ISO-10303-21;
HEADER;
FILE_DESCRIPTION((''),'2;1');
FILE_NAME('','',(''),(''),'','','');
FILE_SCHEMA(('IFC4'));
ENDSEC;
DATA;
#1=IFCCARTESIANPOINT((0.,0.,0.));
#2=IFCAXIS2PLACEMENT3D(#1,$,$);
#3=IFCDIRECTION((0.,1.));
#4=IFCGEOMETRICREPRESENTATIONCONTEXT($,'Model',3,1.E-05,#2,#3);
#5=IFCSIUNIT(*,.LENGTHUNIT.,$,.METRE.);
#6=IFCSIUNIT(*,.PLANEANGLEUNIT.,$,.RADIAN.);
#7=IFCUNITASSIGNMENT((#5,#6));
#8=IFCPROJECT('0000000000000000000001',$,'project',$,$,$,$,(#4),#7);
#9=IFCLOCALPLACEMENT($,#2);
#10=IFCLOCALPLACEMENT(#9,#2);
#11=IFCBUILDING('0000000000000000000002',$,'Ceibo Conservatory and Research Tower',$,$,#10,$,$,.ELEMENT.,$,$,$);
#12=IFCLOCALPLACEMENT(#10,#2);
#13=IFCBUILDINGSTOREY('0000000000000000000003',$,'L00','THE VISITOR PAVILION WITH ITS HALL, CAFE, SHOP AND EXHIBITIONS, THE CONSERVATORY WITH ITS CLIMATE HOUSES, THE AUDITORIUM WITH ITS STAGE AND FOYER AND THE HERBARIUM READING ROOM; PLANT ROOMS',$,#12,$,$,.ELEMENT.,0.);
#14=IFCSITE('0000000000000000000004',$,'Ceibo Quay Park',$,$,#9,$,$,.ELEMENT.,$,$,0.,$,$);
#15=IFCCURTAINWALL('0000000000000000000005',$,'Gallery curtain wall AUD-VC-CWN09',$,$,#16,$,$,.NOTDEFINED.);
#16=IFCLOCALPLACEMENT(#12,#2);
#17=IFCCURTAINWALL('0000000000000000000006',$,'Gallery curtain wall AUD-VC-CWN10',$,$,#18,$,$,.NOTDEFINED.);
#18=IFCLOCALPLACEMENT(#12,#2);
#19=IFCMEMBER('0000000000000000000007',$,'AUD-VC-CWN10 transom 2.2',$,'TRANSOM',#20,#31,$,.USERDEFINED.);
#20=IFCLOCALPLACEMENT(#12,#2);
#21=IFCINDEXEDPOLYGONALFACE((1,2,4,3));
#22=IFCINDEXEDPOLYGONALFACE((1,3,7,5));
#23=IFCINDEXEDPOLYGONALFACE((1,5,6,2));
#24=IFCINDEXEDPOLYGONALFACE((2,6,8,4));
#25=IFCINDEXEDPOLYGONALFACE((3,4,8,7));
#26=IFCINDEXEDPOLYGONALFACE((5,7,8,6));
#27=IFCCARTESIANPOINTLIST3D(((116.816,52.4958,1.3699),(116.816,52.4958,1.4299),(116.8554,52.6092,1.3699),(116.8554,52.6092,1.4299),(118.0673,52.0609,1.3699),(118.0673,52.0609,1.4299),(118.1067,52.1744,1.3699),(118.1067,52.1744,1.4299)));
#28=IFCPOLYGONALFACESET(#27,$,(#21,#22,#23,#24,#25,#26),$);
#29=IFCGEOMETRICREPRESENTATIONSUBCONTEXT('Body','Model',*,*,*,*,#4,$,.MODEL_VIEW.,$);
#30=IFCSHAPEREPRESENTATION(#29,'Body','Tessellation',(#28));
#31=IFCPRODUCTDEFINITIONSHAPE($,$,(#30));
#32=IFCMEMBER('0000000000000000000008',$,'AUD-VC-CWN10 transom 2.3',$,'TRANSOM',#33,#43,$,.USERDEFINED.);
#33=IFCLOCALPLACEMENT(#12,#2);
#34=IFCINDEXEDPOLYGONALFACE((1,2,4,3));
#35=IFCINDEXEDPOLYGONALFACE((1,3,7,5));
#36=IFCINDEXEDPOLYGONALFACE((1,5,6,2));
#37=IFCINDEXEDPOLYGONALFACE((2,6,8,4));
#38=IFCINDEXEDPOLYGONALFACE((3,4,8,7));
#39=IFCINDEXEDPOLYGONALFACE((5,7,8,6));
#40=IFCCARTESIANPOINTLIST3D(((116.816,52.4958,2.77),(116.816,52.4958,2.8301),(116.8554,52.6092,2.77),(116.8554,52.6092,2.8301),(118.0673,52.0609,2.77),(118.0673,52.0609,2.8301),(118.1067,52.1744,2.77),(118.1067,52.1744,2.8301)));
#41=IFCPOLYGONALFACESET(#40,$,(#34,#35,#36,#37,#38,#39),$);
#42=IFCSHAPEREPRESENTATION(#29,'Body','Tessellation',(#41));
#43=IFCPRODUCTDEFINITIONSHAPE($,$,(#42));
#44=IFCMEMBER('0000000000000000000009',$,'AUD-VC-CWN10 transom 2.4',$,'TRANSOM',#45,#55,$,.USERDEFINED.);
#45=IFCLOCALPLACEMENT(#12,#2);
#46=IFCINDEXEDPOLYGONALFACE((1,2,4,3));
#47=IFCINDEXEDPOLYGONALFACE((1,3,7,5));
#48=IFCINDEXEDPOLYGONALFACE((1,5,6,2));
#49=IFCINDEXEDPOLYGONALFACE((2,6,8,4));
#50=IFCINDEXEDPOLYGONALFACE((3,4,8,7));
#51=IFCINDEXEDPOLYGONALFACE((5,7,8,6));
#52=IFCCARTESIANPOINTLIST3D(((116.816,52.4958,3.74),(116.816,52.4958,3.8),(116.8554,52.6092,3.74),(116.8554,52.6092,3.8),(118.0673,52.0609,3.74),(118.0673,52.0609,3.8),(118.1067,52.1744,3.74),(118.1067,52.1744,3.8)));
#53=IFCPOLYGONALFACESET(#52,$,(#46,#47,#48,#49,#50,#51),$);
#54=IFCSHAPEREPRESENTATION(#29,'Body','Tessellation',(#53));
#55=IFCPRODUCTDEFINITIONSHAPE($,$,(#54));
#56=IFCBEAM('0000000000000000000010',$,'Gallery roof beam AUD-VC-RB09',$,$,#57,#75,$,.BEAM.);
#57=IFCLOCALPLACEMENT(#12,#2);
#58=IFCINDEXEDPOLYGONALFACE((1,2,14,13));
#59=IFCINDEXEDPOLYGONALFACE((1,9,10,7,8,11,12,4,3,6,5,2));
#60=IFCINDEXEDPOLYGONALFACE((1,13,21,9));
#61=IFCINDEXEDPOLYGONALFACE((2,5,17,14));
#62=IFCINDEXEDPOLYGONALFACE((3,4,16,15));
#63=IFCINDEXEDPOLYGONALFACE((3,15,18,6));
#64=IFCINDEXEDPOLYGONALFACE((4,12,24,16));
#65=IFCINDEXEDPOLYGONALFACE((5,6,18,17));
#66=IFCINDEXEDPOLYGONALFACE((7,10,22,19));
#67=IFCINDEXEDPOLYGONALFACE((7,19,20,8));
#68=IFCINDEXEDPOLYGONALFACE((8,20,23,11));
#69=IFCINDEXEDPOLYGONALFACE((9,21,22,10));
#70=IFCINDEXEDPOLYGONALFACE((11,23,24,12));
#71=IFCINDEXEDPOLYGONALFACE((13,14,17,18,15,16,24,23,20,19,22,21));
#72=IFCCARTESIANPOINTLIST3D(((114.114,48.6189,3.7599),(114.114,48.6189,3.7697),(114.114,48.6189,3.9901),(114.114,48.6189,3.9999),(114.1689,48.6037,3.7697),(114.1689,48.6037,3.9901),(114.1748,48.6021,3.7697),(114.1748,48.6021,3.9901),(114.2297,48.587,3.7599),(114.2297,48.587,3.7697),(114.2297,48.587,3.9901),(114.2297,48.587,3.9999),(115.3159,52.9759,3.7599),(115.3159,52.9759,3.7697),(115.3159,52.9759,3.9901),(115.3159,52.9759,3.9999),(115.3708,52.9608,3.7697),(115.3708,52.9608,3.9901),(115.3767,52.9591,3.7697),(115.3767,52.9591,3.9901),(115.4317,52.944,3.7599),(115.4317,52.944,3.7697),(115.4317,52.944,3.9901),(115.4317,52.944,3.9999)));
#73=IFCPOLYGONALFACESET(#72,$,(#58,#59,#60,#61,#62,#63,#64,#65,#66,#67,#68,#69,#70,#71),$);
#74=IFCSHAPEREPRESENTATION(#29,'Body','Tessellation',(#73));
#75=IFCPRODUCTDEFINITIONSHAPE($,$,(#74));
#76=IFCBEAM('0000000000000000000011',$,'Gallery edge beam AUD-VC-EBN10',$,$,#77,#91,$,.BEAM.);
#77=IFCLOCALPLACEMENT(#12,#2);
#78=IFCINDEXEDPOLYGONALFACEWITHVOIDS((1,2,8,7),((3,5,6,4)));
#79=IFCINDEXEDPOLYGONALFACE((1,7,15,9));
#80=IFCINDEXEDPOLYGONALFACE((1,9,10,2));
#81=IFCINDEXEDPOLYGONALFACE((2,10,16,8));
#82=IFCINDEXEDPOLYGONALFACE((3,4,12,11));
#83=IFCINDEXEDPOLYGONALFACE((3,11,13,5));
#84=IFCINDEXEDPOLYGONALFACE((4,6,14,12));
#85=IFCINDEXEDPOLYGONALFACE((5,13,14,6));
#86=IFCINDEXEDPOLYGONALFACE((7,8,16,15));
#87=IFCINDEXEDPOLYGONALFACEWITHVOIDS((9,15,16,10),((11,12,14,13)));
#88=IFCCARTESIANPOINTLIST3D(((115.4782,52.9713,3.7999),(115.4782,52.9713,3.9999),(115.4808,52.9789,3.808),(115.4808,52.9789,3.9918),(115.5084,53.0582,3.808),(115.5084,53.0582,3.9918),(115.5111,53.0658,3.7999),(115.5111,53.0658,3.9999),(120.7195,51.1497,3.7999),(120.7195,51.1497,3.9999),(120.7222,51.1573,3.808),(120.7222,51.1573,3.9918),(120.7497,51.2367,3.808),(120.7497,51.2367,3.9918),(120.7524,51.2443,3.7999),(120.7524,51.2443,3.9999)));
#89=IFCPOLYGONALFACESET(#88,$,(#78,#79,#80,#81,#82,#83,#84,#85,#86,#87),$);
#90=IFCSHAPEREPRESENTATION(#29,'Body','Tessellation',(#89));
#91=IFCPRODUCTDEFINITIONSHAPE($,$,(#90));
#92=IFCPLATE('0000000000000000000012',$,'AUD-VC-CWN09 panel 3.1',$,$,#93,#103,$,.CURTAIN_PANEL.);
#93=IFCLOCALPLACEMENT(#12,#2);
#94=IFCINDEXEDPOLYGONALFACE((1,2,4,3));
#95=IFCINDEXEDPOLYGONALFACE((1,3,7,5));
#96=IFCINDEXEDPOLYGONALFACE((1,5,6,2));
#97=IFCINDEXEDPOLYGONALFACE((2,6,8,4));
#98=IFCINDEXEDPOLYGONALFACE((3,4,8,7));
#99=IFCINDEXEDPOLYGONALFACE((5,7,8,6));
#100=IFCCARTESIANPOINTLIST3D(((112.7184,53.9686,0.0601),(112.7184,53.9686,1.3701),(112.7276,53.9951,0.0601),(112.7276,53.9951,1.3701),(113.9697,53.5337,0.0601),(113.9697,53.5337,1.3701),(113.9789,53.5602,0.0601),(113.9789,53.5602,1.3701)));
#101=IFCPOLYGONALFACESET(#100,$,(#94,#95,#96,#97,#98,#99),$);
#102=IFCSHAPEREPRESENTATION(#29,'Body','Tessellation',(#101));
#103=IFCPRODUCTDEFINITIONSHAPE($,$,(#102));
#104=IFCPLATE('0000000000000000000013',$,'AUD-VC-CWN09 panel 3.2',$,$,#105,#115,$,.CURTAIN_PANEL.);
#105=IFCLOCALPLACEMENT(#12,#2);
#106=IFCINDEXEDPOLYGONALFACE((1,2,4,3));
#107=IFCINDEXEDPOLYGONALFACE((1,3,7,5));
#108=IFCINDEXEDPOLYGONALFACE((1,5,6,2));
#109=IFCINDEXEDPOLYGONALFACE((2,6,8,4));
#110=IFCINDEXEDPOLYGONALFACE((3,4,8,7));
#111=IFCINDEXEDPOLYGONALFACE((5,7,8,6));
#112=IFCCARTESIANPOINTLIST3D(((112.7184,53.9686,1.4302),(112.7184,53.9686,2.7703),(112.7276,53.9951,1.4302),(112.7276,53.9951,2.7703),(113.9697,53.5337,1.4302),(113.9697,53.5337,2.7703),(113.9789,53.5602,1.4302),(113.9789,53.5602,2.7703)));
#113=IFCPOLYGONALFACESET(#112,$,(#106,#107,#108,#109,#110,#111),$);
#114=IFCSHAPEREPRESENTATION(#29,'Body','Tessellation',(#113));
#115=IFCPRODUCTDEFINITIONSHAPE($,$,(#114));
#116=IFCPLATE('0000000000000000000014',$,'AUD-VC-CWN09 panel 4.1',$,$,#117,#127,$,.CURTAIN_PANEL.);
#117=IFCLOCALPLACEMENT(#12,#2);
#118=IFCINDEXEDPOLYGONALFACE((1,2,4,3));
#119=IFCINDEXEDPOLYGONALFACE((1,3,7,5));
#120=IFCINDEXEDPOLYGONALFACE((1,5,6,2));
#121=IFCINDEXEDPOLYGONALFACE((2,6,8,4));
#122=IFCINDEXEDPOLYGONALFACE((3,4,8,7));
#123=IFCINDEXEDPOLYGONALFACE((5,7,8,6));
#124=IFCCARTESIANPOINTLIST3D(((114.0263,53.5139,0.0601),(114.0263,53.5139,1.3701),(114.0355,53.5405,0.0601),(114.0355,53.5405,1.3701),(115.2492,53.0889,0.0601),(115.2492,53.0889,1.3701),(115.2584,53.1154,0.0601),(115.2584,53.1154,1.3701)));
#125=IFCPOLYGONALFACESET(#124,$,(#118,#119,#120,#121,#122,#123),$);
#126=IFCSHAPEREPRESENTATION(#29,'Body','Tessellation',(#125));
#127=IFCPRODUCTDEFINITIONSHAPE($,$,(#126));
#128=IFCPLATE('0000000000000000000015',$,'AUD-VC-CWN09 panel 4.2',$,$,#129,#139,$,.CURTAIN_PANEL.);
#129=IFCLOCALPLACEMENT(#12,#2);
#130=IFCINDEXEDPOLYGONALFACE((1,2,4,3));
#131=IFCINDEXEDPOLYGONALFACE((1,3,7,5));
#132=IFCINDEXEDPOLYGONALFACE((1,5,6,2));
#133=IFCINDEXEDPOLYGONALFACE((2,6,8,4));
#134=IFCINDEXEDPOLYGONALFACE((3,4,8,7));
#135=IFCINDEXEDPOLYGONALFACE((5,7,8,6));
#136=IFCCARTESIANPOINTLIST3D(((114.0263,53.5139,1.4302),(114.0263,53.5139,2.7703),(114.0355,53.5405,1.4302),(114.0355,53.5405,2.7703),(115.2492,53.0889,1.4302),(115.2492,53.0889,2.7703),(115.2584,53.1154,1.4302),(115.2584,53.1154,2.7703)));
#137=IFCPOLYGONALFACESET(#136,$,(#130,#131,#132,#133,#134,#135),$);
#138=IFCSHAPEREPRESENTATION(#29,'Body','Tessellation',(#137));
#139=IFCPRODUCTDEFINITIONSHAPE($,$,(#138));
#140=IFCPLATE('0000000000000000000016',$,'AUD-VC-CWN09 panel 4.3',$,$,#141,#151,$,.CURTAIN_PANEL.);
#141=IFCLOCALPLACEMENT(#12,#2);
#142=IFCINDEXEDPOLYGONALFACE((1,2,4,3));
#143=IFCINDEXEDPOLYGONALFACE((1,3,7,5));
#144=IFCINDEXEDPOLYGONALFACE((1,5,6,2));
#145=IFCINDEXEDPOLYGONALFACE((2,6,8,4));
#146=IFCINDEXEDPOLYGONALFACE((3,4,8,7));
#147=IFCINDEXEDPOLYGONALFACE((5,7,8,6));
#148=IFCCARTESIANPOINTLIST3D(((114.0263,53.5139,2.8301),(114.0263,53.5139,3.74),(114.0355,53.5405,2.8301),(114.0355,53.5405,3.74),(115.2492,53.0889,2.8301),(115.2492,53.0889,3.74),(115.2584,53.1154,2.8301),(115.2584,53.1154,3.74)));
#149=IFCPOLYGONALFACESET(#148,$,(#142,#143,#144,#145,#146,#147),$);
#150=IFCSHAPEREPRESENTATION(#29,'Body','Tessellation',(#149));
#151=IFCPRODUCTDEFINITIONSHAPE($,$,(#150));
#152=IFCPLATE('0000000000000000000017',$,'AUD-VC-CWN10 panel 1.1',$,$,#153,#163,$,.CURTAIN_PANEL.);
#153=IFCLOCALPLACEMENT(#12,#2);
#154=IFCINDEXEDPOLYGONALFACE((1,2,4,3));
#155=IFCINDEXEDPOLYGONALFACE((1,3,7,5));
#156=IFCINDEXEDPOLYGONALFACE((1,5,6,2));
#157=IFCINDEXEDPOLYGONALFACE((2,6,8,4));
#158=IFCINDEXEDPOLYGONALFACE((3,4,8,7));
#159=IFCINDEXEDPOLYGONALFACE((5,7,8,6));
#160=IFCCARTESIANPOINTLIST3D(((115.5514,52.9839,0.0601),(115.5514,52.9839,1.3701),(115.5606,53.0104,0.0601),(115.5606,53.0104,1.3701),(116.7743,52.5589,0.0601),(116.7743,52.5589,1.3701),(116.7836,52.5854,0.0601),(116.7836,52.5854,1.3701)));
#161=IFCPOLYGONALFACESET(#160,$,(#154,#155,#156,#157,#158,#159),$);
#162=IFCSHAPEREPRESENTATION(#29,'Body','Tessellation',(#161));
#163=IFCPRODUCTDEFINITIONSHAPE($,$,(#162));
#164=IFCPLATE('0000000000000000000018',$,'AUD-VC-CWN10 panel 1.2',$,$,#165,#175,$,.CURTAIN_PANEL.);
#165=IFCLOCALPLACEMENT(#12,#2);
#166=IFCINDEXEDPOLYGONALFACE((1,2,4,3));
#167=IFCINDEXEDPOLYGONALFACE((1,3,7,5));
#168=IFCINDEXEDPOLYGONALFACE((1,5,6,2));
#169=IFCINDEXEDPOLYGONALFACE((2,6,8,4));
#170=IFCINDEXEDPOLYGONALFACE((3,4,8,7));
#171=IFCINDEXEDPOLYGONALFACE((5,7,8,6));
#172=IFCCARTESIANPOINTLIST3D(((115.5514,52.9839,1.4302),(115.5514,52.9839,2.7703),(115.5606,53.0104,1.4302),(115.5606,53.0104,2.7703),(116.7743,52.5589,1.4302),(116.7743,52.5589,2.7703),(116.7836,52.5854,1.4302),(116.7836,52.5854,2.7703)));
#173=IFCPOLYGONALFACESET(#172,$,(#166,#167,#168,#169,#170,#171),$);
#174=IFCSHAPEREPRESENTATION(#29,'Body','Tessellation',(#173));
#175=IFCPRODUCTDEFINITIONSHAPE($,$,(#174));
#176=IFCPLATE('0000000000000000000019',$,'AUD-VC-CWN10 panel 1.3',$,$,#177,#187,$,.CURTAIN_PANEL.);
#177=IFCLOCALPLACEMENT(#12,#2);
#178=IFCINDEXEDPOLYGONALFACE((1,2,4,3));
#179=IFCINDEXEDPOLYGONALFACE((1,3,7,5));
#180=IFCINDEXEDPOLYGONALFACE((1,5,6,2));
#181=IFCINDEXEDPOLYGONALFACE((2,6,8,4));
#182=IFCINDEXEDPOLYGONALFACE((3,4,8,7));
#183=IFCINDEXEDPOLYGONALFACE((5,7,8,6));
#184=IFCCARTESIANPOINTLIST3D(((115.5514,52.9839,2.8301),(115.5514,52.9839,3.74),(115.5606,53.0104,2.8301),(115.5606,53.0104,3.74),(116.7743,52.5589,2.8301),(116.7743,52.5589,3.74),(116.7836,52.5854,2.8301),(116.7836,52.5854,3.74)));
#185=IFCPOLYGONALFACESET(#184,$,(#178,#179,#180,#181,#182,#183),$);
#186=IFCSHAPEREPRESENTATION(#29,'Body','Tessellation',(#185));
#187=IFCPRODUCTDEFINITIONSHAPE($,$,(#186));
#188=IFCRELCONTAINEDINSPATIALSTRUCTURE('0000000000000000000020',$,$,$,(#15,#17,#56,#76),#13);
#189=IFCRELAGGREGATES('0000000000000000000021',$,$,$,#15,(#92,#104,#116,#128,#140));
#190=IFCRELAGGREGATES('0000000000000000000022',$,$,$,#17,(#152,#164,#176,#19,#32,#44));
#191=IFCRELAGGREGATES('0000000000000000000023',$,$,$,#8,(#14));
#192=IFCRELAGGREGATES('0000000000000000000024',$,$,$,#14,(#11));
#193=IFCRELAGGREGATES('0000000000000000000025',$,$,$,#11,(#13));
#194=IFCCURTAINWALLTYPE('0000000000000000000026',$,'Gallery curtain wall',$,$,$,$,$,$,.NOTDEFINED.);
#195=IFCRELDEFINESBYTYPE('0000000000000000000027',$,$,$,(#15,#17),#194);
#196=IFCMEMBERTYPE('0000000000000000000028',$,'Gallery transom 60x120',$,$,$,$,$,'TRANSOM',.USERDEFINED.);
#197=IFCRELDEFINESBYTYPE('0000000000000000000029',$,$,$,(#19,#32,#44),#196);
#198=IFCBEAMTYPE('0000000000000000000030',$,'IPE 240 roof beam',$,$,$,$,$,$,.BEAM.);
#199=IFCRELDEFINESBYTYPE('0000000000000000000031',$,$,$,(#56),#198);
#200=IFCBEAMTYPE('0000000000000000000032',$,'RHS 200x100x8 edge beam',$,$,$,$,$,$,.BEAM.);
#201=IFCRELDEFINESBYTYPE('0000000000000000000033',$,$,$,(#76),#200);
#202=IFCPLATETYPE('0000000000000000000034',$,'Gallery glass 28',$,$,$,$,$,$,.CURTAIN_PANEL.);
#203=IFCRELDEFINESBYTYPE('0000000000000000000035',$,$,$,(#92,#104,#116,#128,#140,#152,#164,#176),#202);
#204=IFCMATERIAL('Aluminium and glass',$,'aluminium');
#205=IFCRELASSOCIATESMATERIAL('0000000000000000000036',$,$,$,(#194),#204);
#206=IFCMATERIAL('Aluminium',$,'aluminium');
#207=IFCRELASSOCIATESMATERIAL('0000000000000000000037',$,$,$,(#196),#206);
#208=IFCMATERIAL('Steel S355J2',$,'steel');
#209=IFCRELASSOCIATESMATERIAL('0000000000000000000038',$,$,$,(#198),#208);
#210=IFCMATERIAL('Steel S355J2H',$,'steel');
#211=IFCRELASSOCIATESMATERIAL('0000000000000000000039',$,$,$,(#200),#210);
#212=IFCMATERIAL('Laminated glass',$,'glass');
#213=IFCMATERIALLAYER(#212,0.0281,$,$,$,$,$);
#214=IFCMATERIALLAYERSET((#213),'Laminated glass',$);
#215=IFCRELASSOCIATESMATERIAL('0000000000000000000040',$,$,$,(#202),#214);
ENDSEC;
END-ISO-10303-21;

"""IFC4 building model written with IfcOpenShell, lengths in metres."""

from ifc_helpers import new_model, si_unit, direction, frame, origin, origin_2d, place, context, subcontext, project, spatial, rectangle, hollow_rectangle, i_section, extrude, material, layer, layer_set, material_profile, profile_set, type_object, element, aggregate, save


model = new_model("IFC4")

# Units and contexts
model_context = context("Model", 3, precision=1e-05, world=origin(), true_north=direction((0.0, 1.0)))
body_context = subcontext(model_context, "Body", "Model", "MODEL_VIEW")
ifc_project = project(units=[si_unit("LENGTHUNIT", "METRE"), si_unit("PLANEANGLEUNIT", "RADIAN")], contexts=[model_context])

# Site, building, storey
site_placement = place(None, origin())
site = spatial("IfcSite", under=ifc_project, at=site_placement, Name="Ceibo Quay Park", CompositionType="ELEMENT", RefElevation=0.0)
building_placement = place(site_placement, origin())
building = spatial("IfcBuilding", under=site, at=building_placement, Name="Ceibo Conservatory and Research Tower", CompositionType="ELEMENT")
storey_placement = place(building_placement, origin())
storey = spatial("IfcBuildingStorey", under=building, at=storey_placement, Name="L00", Description="THE VISITOR PAVILION WITH ITS HALL, CAFE, SHOP AND EXHIBITIONS, THE CONSERVATORY WITH ITS CLIMATE HOUSES, THE AUDITORIUM WITH ITS STAGE AND FOYER AND THE HERBARIUM READING ROOM; PLANT ROOMS", CompositionType="ELEMENT", Elevation=0.0)

# Shared definitions
ifc_material_1 = material(Name="Steel S355J2H", Category="steel")

# Curtain walls
ifc_material_2 = material(Name="Aluminium and glass", Category="aluminium")
curtain_wall_type = type_object("IfcCurtainWallType", Name="Gallery curtain wall", PredefinedType="NOTDEFINED", material=ifc_material_2)
curtain_wall_1_placement = place(storey_placement, origin())
curtain_wall_1 = element("IfcCurtainWall", 1, at=curtain_wall_1_placement, inside=storey, type_object=curtain_wall_type, Name="Gallery curtain wall AUD-VC-CWN09", PredefinedType="NOTDEFINED")
ifc_material_3 = material(Name="Aluminium", Category="aluminium")
curtain_wall_2_placement = place(storey_placement, origin())
curtain_wall_2 = element("IfcCurtainWall", 2, at=curtain_wall_2_placement, inside=storey, type_object=curtain_wall_type, Name="Gallery curtain wall AUD-VC-CWN10", PredefinedType="NOTDEFINED")

# Members
ifc_material_profile_1 = material_profile(ifc_material_3, rectangle(XDim=0.1201, YDim=0.0601, at=origin_2d()), Name="AL 60x120")
ifc_profile_set_1 = profile_set([ifc_material_profile_1], Name="Aluminium")
member_type_1 = type_object("IfcMemberType", Name="Gallery transom 60x120", ElementType="TRANSOM", PredefinedType="USERDEFINED", material=ifc_profile_set_1)
member_1_placement = place(storey_placement, frame((116.8357, 52.5525, 1.3999), z_axis=(0.944589, -0.328256, 0.0), x_axis=(0.328256, 0.944589, 0.0)))
member_1 = element("IfcMember", 3, at=member_1_placement, type_object=member_type_1, Name="AUD-VC-CWN10 transom 2.2", ObjectType="TRANSOM", PredefinedType="USERDEFINED", context=body_context, shape_type="SweptSolid", body=[
    extrude(rectangle(XDim=0.1201, YDim=0.0601, at=origin_2d()), origin(), (0.0, 0.0, 1.0), 1.3247),
])
member_2_placement = place(storey_placement, frame((116.8357, 52.5525, 2.8), z_axis=(0.944589, -0.328256, 0.0), x_axis=(0.328256, 0.944589, 0.0)))
member_2 = element("IfcMember", 4, at=member_2_placement, type_object=member_type_1, Name="AUD-VC-CWN10 transom 2.3", ObjectType="TRANSOM", PredefinedType="USERDEFINED", context=body_context, shape_type="SweptSolid", body=[
    extrude(rectangle(XDim=0.1201, YDim=0.0601, at=origin_2d()), origin(), (0.0, 0.0, 1.0), 1.3247),
])
member_3_placement = place(storey_placement, frame((116.8357, 52.5525, 3.77), z_axis=(0.944589, -0.328256, 0.0), x_axis=(0.328256, 0.944589, 0.0)))
member_3 = element("IfcMember", 5, at=member_3_placement, type_object=member_type_1, Name="AUD-VC-CWN10 transom 2.4", ObjectType="TRANSOM", PredefinedType="USERDEFINED", context=body_context, shape_type="SweptSolid", body=[
    extrude(rectangle(XDim=0.1201, YDim=0.0601, at=origin_2d()), origin(), (0.0, 0.0, 1.0), 1.3247),
])

# Beams
ifc_material_4 = material(Name="Steel S355J2", Category="steel")
ifc_material_profile_2 = material_profile(ifc_material_4, i_section(OverallWidth=0.1201, OverallDepth=0.24, WebThickness=0.0061, FlangeThickness=0.0098, at=origin_2d()), Name="IPE 240")
ifc_profile_set_2 = profile_set([ifc_material_profile_2], Name="Steel S355J2")
beam_type_1 = type_object("IfcBeamType", Name="IPE 240 roof beam", PredefinedType="BEAM", material=ifc_profile_set_2)
beam_1_placement = place(storey_placement, frame((115.3738, 52.96, 3.8799), z_axis=(-0.265927, -0.963993, 0.0), x_axis=(0.963993, -0.265927, 0.0)))
element("IfcBeam", 6, at=beam_1_placement, inside=storey, type_object=beam_type_1, Name="Gallery roof beam AUD-VC-RB09", PredefinedType="BEAM", context=body_context, shape_type="SweptSolid", body=[
    extrude(i_section(OverallWidth=0.1201, OverallDepth=0.24, WebThickness=0.0061, FlangeThickness=0.0098, at=origin_2d()), origin(), (0.0, 0.0, 1.0), 4.5198),
])
ifc_material_profile_3 = material_profile(ifc_material_1, hollow_rectangle(XDim=0.1001, YDim=0.2, WallThickness=0.0081, at=origin_2d()), Name="RHS 200x100x8 edge beam")
ifc_profile_set_3 = profile_set([ifc_material_profile_3], Name="Steel S355J2H")
beam_type_2 = type_object("IfcBeamType", Name="RHS 200x100x8 edge beam", PredefinedType="BEAM", material=ifc_profile_set_3)
beam_2_placement = place(storey_placement, frame((115.4946, 53.0186, 3.8999), z_axis=(0.94458, -0.32828, 0.0), x_axis=(0.32828, 0.94458, 0.0)))
element("IfcBeam", 7, at=beam_2_placement, inside=storey, type_object=beam_type_2, Name="Gallery edge beam AUD-VC-EBN10", PredefinedType="BEAM", context=body_context, shape_type="SweptSolid", body=[
    extrude(hollow_rectangle(XDim=0.1001, YDim=0.2, WallThickness=0.0081, at=origin_2d()), origin(), (0.0, 0.0, 1.0), 5.5488),
])

# Plates
ifc_material_5 = material(Name="Laminated glass", Category="glass")
ifc_layer = layer(ifc_material_5, 0.0281)
ifc_layer_set = layer_set([ifc_layer], Name="Laminated glass")
plate_type = type_object("IfcPlateType", Name="Gallery glass 28", PredefinedType="CURTAIN_PANEL", material=ifc_layer_set)
plate_1_placement = place(storey_placement, frame((113.3486, 53.7644, 0.0601), z_axis=(0.0, 0.0, 1.0), x_axis=(0.944579, -0.328284, 0.0)))
plate_1 = element("IfcPlate", 8, at=plate_1_placement, type_object=plate_type, Name="AUD-VC-CWN09 panel 3.1", PredefinedType="CURTAIN_PANEL", context=body_context, shape_type="SweptSolid", body=[
    extrude(rectangle(XDim=1.3247, YDim=0.0281, at=origin_2d()), origin(), (0.0, 0.0, 1.0), 1.3101),
])
plate_2_placement = place(storey_placement, frame((113.3486, 53.7644, 1.4302), z_axis=(0.0, 0.0, 1.0), x_axis=(0.944579, -0.328284, 0.0)))
plate_2 = element("IfcPlate", 9, at=plate_2_placement, type_object=plate_type, Name="AUD-VC-CWN09 panel 3.2", PredefinedType="CURTAIN_PANEL", context=body_context, shape_type="SweptSolid", body=[
    extrude(rectangle(XDim=1.3247, YDim=0.0281, at=origin_2d()), origin(), (0.0, 0.0, 1.0), 1.3401),
])
plate_3_placement = place(storey_placement, frame((114.6423, 53.3147, 0.0601), z_axis=(0.0, 0.0, 1.0), x_axis=(0.944579, -0.328284, 0.0)))
plate_3 = element("IfcPlate", 10, at=plate_3_placement, type_object=plate_type, Name="AUD-VC-CWN09 panel 4.1", PredefinedType="CURTAIN_PANEL", context=body_context, shape_type="SweptSolid", body=[
    extrude(rectangle(XDim=1.2947, YDim=0.0281, at=origin_2d()), origin(), (0.0, 0.0, 1.0), 1.3101),
])
plate_4_placement = place(storey_placement, frame((114.6423, 53.3147, 1.4302), z_axis=(0.0, 0.0, 1.0), x_axis=(0.944579, -0.328284, 0.0)))
plate_4 = element("IfcPlate", 11, at=plate_4_placement, type_object=plate_type, Name="AUD-VC-CWN09 panel 4.2", PredefinedType="CURTAIN_PANEL", context=body_context, shape_type="SweptSolid", body=[
    extrude(rectangle(XDim=1.2947, YDim=0.0281, at=origin_2d()), origin(), (0.0, 0.0, 1.0), 1.3401),
])
plate_5_placement = place(storey_placement, frame((114.6423, 53.3147, 2.8301), z_axis=(0.0, 0.0, 1.0), x_axis=(0.944579, -0.328284, 0.0)))
plate_5 = element("IfcPlate", 12, at=plate_5_placement, type_object=plate_type, Name="AUD-VC-CWN09 panel 4.3", PredefinedType="CURTAIN_PANEL", context=body_context, shape_type="SweptSolid", body=[
    extrude(rectangle(XDim=1.2947, YDim=0.0281, at=origin_2d()), origin(), (0.0, 0.0, 1.0), 0.9099),
])
aggregate(curtain_wall_1, [plate_1, plate_2, plate_3, plate_4, plate_5])
plate_6_placement = place(storey_placement, frame((116.1675, 52.7847, 0.0601), z_axis=(0.0, 0.0, 1.0), x_axis=(0.944579, -0.328284, 0.0)))
plate_6 = element("IfcPlate", 13, at=plate_6_placement, type_object=plate_type, Name="AUD-VC-CWN10 panel 1.1", PredefinedType="CURTAIN_PANEL", context=body_context, shape_type="SweptSolid", body=[
    extrude(rectangle(XDim=1.2947, YDim=0.0281, at=origin_2d()), origin(), (0.0, 0.0, 1.0), 1.3101),
])
plate_7_placement = place(storey_placement, frame((116.1675, 52.7847, 1.4302), z_axis=(0.0, 0.0, 1.0), x_axis=(0.944579, -0.328284, 0.0)))
plate_7 = element("IfcPlate", 14, at=plate_7_placement, type_object=plate_type, Name="AUD-VC-CWN10 panel 1.2", PredefinedType="CURTAIN_PANEL", context=body_context, shape_type="SweptSolid", body=[
    extrude(rectangle(XDim=1.2947, YDim=0.0281, at=origin_2d()), origin(), (0.0, 0.0, 1.0), 1.3401),
])
plate_8_placement = place(storey_placement, frame((116.1675, 52.7847, 2.8301), z_axis=(0.0, 0.0, 1.0), x_axis=(0.944579, -0.328284, 0.0)))
plate_8 = element("IfcPlate", 15, at=plate_8_placement, type_object=plate_type, Name="AUD-VC-CWN10 panel 1.3", PredefinedType="CURTAIN_PANEL", context=body_context, shape_type="SweptSolid", body=[
    extrude(rectangle(XDim=1.2947, YDim=0.0281, at=origin_2d()), origin(), (0.0, 0.0, 1.0), 0.9099),
])
aggregate(curtain_wall_2, [plate_6, plate_7, plate_8, member_1, member_2, member_3])

save(model, "model.ifc")
